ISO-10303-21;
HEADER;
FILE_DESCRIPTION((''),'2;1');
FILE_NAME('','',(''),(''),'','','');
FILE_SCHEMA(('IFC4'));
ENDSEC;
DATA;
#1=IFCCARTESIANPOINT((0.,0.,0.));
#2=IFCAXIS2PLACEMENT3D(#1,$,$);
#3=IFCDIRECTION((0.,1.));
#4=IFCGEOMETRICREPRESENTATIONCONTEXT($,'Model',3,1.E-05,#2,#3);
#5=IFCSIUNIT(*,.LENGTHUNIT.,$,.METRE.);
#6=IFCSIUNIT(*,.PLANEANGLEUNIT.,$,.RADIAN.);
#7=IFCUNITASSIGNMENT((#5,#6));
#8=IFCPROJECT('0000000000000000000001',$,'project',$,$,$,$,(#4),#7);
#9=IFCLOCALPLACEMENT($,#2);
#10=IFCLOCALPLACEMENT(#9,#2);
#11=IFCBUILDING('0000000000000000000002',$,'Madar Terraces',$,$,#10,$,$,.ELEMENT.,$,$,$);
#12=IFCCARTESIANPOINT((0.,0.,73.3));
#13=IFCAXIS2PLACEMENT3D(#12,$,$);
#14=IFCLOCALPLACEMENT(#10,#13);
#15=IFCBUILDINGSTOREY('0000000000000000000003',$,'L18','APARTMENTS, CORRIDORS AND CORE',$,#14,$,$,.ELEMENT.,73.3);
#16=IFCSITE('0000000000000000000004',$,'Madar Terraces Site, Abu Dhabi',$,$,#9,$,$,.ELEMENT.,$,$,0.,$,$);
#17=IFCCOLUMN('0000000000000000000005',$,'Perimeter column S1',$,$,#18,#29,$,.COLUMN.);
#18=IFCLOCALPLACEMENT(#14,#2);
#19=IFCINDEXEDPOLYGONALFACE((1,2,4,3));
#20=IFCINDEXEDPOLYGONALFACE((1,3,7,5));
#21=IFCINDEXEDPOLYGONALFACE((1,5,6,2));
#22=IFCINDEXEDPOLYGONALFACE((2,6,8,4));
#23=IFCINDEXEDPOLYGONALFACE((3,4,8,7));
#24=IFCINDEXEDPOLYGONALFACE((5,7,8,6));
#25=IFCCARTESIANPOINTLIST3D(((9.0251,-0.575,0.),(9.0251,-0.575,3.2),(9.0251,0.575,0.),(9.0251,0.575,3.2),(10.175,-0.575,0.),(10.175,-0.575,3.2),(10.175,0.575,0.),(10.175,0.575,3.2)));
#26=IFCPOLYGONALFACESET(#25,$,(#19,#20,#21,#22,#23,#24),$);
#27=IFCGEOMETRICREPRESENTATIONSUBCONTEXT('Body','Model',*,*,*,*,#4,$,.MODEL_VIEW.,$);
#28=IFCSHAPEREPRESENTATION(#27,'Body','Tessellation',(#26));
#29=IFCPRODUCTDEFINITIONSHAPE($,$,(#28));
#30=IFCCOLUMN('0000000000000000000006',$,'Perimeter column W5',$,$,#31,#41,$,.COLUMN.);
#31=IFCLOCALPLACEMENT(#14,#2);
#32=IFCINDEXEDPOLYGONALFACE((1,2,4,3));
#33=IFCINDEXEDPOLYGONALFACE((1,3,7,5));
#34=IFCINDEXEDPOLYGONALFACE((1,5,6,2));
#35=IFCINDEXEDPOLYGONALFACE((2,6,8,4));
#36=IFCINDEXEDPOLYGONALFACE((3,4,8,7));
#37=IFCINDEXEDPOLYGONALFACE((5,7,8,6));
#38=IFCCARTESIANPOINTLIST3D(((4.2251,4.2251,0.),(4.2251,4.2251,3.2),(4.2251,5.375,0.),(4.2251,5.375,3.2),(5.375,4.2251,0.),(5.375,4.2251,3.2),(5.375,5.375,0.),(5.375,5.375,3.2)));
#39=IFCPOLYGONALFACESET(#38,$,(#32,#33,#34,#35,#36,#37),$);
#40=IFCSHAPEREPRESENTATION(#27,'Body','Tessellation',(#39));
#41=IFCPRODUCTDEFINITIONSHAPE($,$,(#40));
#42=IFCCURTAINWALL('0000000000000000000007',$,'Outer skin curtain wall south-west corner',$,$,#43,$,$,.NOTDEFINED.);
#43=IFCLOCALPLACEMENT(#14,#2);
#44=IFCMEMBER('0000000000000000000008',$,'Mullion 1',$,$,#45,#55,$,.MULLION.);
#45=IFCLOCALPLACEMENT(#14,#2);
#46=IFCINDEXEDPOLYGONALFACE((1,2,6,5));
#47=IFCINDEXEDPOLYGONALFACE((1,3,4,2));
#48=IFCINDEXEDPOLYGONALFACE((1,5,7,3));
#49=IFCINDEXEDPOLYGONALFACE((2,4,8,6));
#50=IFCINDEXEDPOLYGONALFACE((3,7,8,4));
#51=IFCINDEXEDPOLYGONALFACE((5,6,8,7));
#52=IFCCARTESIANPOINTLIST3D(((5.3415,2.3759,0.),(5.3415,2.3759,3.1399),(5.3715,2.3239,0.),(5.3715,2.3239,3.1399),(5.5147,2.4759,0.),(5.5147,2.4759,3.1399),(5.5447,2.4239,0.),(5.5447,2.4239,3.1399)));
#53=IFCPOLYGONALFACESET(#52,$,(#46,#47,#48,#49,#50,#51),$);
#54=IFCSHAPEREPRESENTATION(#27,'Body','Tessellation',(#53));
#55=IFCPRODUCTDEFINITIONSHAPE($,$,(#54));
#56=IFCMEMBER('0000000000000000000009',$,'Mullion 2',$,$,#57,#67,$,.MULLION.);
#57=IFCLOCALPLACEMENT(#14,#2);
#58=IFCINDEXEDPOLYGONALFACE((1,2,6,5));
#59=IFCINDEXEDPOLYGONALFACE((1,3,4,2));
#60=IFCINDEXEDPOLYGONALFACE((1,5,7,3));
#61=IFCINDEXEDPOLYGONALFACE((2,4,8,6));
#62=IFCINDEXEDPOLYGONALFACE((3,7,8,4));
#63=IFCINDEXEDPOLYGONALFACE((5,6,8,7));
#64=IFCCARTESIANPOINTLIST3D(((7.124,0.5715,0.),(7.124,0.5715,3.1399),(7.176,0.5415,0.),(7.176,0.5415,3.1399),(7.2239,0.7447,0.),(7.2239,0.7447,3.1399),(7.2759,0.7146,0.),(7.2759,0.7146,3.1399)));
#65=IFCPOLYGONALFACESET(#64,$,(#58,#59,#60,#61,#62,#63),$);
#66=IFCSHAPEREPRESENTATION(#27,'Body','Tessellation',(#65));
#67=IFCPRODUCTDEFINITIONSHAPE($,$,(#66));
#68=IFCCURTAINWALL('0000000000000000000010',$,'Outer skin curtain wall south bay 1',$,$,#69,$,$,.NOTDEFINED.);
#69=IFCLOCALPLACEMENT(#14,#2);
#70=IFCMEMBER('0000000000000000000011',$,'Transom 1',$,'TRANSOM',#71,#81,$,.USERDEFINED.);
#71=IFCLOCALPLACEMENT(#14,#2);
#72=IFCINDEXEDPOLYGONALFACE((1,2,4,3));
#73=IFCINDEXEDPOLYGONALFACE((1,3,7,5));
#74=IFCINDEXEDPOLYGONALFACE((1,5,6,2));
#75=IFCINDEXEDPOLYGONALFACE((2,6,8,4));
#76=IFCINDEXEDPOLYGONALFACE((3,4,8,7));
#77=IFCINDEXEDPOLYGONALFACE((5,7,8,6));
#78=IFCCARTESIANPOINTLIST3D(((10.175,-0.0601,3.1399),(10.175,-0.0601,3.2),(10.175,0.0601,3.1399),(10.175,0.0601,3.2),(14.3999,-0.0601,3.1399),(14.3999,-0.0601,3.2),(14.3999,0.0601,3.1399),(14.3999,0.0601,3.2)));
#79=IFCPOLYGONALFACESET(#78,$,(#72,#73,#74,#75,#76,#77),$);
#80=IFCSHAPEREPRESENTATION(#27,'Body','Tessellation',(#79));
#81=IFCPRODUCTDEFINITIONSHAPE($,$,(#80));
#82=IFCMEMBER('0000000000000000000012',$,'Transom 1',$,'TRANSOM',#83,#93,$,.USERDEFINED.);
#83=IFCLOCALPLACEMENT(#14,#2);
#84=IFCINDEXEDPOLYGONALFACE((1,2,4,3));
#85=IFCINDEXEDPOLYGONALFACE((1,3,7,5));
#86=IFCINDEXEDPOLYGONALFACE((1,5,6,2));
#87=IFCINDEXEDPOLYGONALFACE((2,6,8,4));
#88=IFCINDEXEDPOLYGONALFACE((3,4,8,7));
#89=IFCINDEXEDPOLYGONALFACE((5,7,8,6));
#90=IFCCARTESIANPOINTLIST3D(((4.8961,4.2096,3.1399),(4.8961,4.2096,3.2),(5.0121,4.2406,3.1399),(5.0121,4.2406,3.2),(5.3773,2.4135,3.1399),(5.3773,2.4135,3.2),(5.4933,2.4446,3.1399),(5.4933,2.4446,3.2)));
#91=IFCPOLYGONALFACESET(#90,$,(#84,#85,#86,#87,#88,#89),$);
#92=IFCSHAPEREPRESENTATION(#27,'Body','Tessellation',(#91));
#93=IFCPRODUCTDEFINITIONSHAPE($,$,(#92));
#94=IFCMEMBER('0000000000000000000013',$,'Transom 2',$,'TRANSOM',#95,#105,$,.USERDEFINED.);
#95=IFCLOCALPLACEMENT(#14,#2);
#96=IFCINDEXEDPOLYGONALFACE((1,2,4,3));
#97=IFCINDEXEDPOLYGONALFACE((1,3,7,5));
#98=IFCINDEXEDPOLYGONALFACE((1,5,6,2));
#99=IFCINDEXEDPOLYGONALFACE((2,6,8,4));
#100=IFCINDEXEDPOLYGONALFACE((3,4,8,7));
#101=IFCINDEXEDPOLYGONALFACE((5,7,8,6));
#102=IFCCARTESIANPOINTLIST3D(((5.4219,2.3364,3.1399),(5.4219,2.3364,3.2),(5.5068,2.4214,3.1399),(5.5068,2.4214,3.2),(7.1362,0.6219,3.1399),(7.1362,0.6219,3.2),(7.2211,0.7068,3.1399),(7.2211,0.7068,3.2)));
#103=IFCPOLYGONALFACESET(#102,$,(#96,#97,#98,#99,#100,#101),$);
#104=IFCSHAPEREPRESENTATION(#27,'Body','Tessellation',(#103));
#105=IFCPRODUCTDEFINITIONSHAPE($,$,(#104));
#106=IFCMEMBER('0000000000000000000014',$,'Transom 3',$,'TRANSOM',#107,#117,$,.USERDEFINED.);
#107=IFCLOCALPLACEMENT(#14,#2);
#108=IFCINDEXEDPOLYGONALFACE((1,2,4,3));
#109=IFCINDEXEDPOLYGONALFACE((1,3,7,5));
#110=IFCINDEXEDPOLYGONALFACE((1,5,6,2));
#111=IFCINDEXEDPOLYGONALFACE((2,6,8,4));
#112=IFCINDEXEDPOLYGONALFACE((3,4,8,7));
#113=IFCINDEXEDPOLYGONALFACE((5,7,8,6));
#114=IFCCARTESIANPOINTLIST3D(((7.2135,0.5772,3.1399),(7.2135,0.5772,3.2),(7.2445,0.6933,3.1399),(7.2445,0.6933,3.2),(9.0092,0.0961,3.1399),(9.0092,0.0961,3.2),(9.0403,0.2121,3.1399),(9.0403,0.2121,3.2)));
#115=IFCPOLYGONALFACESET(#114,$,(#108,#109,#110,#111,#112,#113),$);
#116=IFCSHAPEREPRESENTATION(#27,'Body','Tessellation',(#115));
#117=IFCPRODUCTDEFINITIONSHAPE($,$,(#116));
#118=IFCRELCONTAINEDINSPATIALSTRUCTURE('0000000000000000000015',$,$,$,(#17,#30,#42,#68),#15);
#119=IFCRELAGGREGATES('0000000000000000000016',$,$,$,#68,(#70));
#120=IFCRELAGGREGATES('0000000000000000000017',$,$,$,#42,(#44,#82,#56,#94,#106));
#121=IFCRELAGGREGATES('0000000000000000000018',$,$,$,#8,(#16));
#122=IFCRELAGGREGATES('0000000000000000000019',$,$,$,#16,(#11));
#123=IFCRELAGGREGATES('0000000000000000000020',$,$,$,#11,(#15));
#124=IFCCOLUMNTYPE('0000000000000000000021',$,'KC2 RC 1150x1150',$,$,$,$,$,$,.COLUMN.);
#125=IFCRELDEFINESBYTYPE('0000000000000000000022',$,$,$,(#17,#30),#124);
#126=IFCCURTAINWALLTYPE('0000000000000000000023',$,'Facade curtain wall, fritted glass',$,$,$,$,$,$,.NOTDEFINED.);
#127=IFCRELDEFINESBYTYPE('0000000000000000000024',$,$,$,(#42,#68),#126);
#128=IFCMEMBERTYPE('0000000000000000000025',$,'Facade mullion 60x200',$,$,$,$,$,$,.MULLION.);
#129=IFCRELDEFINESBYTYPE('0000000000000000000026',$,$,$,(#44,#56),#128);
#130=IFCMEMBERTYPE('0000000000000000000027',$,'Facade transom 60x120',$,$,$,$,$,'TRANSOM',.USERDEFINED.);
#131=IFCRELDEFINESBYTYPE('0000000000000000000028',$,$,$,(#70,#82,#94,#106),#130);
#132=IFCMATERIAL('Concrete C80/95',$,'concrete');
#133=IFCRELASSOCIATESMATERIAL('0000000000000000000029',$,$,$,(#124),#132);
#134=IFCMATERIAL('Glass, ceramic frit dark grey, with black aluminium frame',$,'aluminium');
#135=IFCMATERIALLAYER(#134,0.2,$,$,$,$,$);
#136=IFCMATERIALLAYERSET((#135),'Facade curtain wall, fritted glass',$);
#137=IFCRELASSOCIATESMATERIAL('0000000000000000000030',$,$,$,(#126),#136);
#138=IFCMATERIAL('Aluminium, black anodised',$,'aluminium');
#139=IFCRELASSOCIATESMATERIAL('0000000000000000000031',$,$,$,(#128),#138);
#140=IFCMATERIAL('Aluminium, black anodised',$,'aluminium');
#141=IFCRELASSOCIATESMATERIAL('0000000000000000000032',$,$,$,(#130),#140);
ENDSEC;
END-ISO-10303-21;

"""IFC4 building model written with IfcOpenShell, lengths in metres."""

from ifc_helpers import new_model, si_unit, direction, frame, origin, origin_2d, place, context, subcontext, project, spatial, rectangle, extrude, material, layer, layer_set, material_profile, profile_set, type_object, element, aggregate, save


model = new_model("IFC4")

# Units and contexts
model_context = context("Model", 3, precision=1e-05, world=origin(), true_north=direction((0.0, 1.0)))
body_context = subcontext(model_context, "Body", "Model", "MODEL_VIEW")
ifc_project = project(units=[si_unit("LENGTHUNIT", "METRE"), si_unit("PLANEANGLEUNIT", "RADIAN")], contexts=[model_context])

# Site, building, storey
site_placement = place(None, origin())
site = spatial("IfcSite", under=ifc_project, at=site_placement, Name="Madar Terraces Site, Abu Dhabi", CompositionType="ELEMENT", RefElevation=0.0)
building_placement = place(site_placement, origin())
building = spatial("IfcBuilding", under=site, at=building_placement, Name="Madar Terraces", CompositionType="ELEMENT")
storey_placement = place(building_placement, frame((0.0, 0.0, 73.3)))
storey = spatial("IfcBuildingStorey", under=building, at=storey_placement, Name="L18", Description="APARTMENTS, CORRIDORS AND CORE", CompositionType="ELEMENT", Elevation=73.3)

# Columns
ifc_material_1 = material(Name="Concrete C80/95", Category="concrete")
ifc_material_profile_1 = material_profile(ifc_material_1, rectangle(XDim=1.1499, YDim=1.1499, at=origin_2d()), Name="KC2 RC 1150x1150")
ifc_profile_set_1 = profile_set([ifc_material_profile_1], Name="Concrete C80/95")
column_type = type_object("IfcColumnType", Name="KC2 RC 1150x1150", PredefinedType="COLUMN", material=ifc_profile_set_1)
for number, where, z_axis, x_axis, name in (
    (1, (9.6001, 0.0, 0.0), (0.0, 0.0, 1.0), (1.0, 0.0, 0.0), "Perimeter column S1"),
    (2, (4.8, 4.8, 0.0), (0.0, 0.0, 1.0), (1.0, 0.0, 0.0), "Perimeter column W5"),
):
    element("IfcColumn", number, at=place(storey_placement, frame(where, z_axis=z_axis, x_axis=x_axis)), inside=storey, type_object=column_type, Name=name, PredefinedType="COLUMN", context=body_context, shape_type="SweptSolid", body=[
        extrude(rectangle(XDim=1.1499, YDim=1.1499, at=origin_2d()), origin(), (0.0, 0.0, 1.0), 3.2),
    ])

# Curtain wall, members
ifc_material_2 = material(Name="Glass, ceramic frit dark grey, with black aluminium frame", Category="aluminium")
ifc_layer_1 = layer(ifc_material_2, 0.2)
ifc_layer_set_1 = layer_set([ifc_layer_1], Name="Facade curtain wall, fritted glass")
curtain_wall_type = type_object("IfcCurtainWallType", Name="Facade curtain wall, fritted glass", PredefinedType="NOTDEFINED", material=ifc_layer_set_1)
curtain_wall_1_placement = place(storey_placement, origin())
curtain_wall_1 = element("IfcCurtainWall", 3, at=curtain_wall_1_placement, inside=storey, type_object=curtain_wall_type, Name="Outer skin curtain wall south-west corner", PredefinedType="NOTDEFINED")
ifc_material_3 = material(Name="Aluminium, black anodised", Category="aluminium")
ifc_material_profile_2 = material_profile(ifc_material_3, rectangle(XDim=0.2, YDim=0.0601, at=origin_2d()), Name="Facade mullion 60x200")
ifc_profile_set_2 = profile_set([ifc_material_profile_2], Name="Aluminium, black anodised")
member_type_1 = type_object("IfcMemberType", Name="Facade mullion 60x200", PredefinedType="MULLION", material=ifc_profile_set_2)
member_1_placement = place(storey_placement, frame((5.4431, 2.3999, 0.0), z_axis=(0.0, 0.0, 1.0), x_axis=(0.866025, 0.5, 0.0)))
member_1 = element("IfcMember", 4, at=member_1_placement, type_object=member_type_1, Name="Mullion 1", PredefinedType="MULLION", context=body_context, shape_type="SweptSolid", body=[
    extrude(rectangle(XDim=0.2, YDim=0.0601, at=origin_2d()), origin(), (0.0, 0.0, 1.0), 3.1399),
])
member_2_placement = place(storey_placement, frame((7.2, 0.6431, 0.0), z_axis=(0.0, 0.0, 1.0), x_axis=(0.5, 0.866025, 0.0)))
member_2 = element("IfcMember", 5, at=member_2_placement, type_object=member_type_1, Name="Mullion 2", PredefinedType="MULLION", context=body_context, shape_type="SweptSolid", body=[
    extrude(rectangle(XDim=0.2, YDim=0.0601, at=origin_2d()), origin(), (0.0, 0.0, 1.0), 3.1399),
])

# Curtain wall, member
curtain_wall_2_placement = place(storey_placement, origin())
curtain_wall_2 = element("IfcCurtainWall", 6, at=curtain_wall_2_placement, inside=storey, type_object=curtain_wall_type, Name="Outer skin curtain wall south bay 1", PredefinedType="NOTDEFINED")
ifc_material_4 = material(Name="Aluminium, black anodised", Category="aluminium")
ifc_material_profile_3 = material_profile(ifc_material_4, rectangle(XDim=0.1201, YDim=0.0601, at=origin_2d()), Name="Facade transom 60x120")
ifc_profile_set_3 = profile_set([ifc_material_profile_3], Name="Aluminium, black anodised")
member_type_2 = type_object("IfcMemberType", Name="Facade transom 60x120", ElementType="TRANSOM", PredefinedType="USERDEFINED", material=ifc_profile_set_3)
member_3_placement = place(storey_placement, frame((10.175, 0.0, 3.1699), z_axis=(1.0, 0.0, 0.0), x_axis=(0.0, 1.0, 0.0)))
member_3 = element("IfcMember", 7, at=member_3_placement, type_object=member_type_2, Name="Transom 1", ObjectType="TRANSOM", PredefinedType="USERDEFINED", context=body_context, shape_type="SweptSolid", body=[
    extrude(rectangle(XDim=0.1201, YDim=0.0601, at=origin_2d()), origin(), (0.0, 0.0, 1.0), 4.2249),
])
aggregate(curtain_wall_2, [member_3])

# Members
member_4_placement = place(storey_placement, frame((4.9541, 4.2251, 3.1699), z_axis=(0.258782, -0.965936, 0.0), x_axis=(0.965936, 0.258782, 0.0)))
member_4 = element("IfcMember", 8, at=member_4_placement, type_object=member_type_2, Name="Transom 1", ObjectType="TRANSOM", PredefinedType="USERDEFINED", context=body_context, shape_type="SweptSolid", body=[
    extrude(rectangle(XDim=0.1201, YDim=0.0601, at=origin_2d()), origin(), (0.0, 0.0, 1.0), 1.8594),
])
member_5_placement = place(storey_placement, frame((5.4644, 2.3789, 3.1699), z_axis=(0.707056, -0.707157, 0.0), x_axis=(0.707157, 0.707056, 0.0)))
member_5 = element("IfcMember", 9, at=member_5_placement, type_object=member_type_2, Name="Transom 2", ObjectType="TRANSOM", PredefinedType="USERDEFINED", context=body_context, shape_type="SweptSolid", body=[
    extrude(rectangle(XDim=0.1201, YDim=0.0601, at=origin_2d()), origin(), (0.0, 0.0, 1.0), 2.4246),
])
member_6_placement = place(storey_placement, frame((7.229, 0.6353, 3.1699), z_axis=(0.965927, -0.258815, 0.0), x_axis=(0.258815, 0.965927, 0.0)))
member_6 = element("IfcMember", 10, at=member_6_placement, type_object=member_type_2, Name="Transom 3", ObjectType="TRANSOM", PredefinedType="USERDEFINED", context=body_context, shape_type="SweptSolid", body=[
    extrude(rectangle(XDim=0.1201, YDim=0.0601, at=origin_2d()), origin(), (0.0, 0.0, 1.0), 1.8591),
])

aggregate(curtain_wall_1, [member_1, member_4, member_2, member_5, member_6])

save(model, "model.ifc")
